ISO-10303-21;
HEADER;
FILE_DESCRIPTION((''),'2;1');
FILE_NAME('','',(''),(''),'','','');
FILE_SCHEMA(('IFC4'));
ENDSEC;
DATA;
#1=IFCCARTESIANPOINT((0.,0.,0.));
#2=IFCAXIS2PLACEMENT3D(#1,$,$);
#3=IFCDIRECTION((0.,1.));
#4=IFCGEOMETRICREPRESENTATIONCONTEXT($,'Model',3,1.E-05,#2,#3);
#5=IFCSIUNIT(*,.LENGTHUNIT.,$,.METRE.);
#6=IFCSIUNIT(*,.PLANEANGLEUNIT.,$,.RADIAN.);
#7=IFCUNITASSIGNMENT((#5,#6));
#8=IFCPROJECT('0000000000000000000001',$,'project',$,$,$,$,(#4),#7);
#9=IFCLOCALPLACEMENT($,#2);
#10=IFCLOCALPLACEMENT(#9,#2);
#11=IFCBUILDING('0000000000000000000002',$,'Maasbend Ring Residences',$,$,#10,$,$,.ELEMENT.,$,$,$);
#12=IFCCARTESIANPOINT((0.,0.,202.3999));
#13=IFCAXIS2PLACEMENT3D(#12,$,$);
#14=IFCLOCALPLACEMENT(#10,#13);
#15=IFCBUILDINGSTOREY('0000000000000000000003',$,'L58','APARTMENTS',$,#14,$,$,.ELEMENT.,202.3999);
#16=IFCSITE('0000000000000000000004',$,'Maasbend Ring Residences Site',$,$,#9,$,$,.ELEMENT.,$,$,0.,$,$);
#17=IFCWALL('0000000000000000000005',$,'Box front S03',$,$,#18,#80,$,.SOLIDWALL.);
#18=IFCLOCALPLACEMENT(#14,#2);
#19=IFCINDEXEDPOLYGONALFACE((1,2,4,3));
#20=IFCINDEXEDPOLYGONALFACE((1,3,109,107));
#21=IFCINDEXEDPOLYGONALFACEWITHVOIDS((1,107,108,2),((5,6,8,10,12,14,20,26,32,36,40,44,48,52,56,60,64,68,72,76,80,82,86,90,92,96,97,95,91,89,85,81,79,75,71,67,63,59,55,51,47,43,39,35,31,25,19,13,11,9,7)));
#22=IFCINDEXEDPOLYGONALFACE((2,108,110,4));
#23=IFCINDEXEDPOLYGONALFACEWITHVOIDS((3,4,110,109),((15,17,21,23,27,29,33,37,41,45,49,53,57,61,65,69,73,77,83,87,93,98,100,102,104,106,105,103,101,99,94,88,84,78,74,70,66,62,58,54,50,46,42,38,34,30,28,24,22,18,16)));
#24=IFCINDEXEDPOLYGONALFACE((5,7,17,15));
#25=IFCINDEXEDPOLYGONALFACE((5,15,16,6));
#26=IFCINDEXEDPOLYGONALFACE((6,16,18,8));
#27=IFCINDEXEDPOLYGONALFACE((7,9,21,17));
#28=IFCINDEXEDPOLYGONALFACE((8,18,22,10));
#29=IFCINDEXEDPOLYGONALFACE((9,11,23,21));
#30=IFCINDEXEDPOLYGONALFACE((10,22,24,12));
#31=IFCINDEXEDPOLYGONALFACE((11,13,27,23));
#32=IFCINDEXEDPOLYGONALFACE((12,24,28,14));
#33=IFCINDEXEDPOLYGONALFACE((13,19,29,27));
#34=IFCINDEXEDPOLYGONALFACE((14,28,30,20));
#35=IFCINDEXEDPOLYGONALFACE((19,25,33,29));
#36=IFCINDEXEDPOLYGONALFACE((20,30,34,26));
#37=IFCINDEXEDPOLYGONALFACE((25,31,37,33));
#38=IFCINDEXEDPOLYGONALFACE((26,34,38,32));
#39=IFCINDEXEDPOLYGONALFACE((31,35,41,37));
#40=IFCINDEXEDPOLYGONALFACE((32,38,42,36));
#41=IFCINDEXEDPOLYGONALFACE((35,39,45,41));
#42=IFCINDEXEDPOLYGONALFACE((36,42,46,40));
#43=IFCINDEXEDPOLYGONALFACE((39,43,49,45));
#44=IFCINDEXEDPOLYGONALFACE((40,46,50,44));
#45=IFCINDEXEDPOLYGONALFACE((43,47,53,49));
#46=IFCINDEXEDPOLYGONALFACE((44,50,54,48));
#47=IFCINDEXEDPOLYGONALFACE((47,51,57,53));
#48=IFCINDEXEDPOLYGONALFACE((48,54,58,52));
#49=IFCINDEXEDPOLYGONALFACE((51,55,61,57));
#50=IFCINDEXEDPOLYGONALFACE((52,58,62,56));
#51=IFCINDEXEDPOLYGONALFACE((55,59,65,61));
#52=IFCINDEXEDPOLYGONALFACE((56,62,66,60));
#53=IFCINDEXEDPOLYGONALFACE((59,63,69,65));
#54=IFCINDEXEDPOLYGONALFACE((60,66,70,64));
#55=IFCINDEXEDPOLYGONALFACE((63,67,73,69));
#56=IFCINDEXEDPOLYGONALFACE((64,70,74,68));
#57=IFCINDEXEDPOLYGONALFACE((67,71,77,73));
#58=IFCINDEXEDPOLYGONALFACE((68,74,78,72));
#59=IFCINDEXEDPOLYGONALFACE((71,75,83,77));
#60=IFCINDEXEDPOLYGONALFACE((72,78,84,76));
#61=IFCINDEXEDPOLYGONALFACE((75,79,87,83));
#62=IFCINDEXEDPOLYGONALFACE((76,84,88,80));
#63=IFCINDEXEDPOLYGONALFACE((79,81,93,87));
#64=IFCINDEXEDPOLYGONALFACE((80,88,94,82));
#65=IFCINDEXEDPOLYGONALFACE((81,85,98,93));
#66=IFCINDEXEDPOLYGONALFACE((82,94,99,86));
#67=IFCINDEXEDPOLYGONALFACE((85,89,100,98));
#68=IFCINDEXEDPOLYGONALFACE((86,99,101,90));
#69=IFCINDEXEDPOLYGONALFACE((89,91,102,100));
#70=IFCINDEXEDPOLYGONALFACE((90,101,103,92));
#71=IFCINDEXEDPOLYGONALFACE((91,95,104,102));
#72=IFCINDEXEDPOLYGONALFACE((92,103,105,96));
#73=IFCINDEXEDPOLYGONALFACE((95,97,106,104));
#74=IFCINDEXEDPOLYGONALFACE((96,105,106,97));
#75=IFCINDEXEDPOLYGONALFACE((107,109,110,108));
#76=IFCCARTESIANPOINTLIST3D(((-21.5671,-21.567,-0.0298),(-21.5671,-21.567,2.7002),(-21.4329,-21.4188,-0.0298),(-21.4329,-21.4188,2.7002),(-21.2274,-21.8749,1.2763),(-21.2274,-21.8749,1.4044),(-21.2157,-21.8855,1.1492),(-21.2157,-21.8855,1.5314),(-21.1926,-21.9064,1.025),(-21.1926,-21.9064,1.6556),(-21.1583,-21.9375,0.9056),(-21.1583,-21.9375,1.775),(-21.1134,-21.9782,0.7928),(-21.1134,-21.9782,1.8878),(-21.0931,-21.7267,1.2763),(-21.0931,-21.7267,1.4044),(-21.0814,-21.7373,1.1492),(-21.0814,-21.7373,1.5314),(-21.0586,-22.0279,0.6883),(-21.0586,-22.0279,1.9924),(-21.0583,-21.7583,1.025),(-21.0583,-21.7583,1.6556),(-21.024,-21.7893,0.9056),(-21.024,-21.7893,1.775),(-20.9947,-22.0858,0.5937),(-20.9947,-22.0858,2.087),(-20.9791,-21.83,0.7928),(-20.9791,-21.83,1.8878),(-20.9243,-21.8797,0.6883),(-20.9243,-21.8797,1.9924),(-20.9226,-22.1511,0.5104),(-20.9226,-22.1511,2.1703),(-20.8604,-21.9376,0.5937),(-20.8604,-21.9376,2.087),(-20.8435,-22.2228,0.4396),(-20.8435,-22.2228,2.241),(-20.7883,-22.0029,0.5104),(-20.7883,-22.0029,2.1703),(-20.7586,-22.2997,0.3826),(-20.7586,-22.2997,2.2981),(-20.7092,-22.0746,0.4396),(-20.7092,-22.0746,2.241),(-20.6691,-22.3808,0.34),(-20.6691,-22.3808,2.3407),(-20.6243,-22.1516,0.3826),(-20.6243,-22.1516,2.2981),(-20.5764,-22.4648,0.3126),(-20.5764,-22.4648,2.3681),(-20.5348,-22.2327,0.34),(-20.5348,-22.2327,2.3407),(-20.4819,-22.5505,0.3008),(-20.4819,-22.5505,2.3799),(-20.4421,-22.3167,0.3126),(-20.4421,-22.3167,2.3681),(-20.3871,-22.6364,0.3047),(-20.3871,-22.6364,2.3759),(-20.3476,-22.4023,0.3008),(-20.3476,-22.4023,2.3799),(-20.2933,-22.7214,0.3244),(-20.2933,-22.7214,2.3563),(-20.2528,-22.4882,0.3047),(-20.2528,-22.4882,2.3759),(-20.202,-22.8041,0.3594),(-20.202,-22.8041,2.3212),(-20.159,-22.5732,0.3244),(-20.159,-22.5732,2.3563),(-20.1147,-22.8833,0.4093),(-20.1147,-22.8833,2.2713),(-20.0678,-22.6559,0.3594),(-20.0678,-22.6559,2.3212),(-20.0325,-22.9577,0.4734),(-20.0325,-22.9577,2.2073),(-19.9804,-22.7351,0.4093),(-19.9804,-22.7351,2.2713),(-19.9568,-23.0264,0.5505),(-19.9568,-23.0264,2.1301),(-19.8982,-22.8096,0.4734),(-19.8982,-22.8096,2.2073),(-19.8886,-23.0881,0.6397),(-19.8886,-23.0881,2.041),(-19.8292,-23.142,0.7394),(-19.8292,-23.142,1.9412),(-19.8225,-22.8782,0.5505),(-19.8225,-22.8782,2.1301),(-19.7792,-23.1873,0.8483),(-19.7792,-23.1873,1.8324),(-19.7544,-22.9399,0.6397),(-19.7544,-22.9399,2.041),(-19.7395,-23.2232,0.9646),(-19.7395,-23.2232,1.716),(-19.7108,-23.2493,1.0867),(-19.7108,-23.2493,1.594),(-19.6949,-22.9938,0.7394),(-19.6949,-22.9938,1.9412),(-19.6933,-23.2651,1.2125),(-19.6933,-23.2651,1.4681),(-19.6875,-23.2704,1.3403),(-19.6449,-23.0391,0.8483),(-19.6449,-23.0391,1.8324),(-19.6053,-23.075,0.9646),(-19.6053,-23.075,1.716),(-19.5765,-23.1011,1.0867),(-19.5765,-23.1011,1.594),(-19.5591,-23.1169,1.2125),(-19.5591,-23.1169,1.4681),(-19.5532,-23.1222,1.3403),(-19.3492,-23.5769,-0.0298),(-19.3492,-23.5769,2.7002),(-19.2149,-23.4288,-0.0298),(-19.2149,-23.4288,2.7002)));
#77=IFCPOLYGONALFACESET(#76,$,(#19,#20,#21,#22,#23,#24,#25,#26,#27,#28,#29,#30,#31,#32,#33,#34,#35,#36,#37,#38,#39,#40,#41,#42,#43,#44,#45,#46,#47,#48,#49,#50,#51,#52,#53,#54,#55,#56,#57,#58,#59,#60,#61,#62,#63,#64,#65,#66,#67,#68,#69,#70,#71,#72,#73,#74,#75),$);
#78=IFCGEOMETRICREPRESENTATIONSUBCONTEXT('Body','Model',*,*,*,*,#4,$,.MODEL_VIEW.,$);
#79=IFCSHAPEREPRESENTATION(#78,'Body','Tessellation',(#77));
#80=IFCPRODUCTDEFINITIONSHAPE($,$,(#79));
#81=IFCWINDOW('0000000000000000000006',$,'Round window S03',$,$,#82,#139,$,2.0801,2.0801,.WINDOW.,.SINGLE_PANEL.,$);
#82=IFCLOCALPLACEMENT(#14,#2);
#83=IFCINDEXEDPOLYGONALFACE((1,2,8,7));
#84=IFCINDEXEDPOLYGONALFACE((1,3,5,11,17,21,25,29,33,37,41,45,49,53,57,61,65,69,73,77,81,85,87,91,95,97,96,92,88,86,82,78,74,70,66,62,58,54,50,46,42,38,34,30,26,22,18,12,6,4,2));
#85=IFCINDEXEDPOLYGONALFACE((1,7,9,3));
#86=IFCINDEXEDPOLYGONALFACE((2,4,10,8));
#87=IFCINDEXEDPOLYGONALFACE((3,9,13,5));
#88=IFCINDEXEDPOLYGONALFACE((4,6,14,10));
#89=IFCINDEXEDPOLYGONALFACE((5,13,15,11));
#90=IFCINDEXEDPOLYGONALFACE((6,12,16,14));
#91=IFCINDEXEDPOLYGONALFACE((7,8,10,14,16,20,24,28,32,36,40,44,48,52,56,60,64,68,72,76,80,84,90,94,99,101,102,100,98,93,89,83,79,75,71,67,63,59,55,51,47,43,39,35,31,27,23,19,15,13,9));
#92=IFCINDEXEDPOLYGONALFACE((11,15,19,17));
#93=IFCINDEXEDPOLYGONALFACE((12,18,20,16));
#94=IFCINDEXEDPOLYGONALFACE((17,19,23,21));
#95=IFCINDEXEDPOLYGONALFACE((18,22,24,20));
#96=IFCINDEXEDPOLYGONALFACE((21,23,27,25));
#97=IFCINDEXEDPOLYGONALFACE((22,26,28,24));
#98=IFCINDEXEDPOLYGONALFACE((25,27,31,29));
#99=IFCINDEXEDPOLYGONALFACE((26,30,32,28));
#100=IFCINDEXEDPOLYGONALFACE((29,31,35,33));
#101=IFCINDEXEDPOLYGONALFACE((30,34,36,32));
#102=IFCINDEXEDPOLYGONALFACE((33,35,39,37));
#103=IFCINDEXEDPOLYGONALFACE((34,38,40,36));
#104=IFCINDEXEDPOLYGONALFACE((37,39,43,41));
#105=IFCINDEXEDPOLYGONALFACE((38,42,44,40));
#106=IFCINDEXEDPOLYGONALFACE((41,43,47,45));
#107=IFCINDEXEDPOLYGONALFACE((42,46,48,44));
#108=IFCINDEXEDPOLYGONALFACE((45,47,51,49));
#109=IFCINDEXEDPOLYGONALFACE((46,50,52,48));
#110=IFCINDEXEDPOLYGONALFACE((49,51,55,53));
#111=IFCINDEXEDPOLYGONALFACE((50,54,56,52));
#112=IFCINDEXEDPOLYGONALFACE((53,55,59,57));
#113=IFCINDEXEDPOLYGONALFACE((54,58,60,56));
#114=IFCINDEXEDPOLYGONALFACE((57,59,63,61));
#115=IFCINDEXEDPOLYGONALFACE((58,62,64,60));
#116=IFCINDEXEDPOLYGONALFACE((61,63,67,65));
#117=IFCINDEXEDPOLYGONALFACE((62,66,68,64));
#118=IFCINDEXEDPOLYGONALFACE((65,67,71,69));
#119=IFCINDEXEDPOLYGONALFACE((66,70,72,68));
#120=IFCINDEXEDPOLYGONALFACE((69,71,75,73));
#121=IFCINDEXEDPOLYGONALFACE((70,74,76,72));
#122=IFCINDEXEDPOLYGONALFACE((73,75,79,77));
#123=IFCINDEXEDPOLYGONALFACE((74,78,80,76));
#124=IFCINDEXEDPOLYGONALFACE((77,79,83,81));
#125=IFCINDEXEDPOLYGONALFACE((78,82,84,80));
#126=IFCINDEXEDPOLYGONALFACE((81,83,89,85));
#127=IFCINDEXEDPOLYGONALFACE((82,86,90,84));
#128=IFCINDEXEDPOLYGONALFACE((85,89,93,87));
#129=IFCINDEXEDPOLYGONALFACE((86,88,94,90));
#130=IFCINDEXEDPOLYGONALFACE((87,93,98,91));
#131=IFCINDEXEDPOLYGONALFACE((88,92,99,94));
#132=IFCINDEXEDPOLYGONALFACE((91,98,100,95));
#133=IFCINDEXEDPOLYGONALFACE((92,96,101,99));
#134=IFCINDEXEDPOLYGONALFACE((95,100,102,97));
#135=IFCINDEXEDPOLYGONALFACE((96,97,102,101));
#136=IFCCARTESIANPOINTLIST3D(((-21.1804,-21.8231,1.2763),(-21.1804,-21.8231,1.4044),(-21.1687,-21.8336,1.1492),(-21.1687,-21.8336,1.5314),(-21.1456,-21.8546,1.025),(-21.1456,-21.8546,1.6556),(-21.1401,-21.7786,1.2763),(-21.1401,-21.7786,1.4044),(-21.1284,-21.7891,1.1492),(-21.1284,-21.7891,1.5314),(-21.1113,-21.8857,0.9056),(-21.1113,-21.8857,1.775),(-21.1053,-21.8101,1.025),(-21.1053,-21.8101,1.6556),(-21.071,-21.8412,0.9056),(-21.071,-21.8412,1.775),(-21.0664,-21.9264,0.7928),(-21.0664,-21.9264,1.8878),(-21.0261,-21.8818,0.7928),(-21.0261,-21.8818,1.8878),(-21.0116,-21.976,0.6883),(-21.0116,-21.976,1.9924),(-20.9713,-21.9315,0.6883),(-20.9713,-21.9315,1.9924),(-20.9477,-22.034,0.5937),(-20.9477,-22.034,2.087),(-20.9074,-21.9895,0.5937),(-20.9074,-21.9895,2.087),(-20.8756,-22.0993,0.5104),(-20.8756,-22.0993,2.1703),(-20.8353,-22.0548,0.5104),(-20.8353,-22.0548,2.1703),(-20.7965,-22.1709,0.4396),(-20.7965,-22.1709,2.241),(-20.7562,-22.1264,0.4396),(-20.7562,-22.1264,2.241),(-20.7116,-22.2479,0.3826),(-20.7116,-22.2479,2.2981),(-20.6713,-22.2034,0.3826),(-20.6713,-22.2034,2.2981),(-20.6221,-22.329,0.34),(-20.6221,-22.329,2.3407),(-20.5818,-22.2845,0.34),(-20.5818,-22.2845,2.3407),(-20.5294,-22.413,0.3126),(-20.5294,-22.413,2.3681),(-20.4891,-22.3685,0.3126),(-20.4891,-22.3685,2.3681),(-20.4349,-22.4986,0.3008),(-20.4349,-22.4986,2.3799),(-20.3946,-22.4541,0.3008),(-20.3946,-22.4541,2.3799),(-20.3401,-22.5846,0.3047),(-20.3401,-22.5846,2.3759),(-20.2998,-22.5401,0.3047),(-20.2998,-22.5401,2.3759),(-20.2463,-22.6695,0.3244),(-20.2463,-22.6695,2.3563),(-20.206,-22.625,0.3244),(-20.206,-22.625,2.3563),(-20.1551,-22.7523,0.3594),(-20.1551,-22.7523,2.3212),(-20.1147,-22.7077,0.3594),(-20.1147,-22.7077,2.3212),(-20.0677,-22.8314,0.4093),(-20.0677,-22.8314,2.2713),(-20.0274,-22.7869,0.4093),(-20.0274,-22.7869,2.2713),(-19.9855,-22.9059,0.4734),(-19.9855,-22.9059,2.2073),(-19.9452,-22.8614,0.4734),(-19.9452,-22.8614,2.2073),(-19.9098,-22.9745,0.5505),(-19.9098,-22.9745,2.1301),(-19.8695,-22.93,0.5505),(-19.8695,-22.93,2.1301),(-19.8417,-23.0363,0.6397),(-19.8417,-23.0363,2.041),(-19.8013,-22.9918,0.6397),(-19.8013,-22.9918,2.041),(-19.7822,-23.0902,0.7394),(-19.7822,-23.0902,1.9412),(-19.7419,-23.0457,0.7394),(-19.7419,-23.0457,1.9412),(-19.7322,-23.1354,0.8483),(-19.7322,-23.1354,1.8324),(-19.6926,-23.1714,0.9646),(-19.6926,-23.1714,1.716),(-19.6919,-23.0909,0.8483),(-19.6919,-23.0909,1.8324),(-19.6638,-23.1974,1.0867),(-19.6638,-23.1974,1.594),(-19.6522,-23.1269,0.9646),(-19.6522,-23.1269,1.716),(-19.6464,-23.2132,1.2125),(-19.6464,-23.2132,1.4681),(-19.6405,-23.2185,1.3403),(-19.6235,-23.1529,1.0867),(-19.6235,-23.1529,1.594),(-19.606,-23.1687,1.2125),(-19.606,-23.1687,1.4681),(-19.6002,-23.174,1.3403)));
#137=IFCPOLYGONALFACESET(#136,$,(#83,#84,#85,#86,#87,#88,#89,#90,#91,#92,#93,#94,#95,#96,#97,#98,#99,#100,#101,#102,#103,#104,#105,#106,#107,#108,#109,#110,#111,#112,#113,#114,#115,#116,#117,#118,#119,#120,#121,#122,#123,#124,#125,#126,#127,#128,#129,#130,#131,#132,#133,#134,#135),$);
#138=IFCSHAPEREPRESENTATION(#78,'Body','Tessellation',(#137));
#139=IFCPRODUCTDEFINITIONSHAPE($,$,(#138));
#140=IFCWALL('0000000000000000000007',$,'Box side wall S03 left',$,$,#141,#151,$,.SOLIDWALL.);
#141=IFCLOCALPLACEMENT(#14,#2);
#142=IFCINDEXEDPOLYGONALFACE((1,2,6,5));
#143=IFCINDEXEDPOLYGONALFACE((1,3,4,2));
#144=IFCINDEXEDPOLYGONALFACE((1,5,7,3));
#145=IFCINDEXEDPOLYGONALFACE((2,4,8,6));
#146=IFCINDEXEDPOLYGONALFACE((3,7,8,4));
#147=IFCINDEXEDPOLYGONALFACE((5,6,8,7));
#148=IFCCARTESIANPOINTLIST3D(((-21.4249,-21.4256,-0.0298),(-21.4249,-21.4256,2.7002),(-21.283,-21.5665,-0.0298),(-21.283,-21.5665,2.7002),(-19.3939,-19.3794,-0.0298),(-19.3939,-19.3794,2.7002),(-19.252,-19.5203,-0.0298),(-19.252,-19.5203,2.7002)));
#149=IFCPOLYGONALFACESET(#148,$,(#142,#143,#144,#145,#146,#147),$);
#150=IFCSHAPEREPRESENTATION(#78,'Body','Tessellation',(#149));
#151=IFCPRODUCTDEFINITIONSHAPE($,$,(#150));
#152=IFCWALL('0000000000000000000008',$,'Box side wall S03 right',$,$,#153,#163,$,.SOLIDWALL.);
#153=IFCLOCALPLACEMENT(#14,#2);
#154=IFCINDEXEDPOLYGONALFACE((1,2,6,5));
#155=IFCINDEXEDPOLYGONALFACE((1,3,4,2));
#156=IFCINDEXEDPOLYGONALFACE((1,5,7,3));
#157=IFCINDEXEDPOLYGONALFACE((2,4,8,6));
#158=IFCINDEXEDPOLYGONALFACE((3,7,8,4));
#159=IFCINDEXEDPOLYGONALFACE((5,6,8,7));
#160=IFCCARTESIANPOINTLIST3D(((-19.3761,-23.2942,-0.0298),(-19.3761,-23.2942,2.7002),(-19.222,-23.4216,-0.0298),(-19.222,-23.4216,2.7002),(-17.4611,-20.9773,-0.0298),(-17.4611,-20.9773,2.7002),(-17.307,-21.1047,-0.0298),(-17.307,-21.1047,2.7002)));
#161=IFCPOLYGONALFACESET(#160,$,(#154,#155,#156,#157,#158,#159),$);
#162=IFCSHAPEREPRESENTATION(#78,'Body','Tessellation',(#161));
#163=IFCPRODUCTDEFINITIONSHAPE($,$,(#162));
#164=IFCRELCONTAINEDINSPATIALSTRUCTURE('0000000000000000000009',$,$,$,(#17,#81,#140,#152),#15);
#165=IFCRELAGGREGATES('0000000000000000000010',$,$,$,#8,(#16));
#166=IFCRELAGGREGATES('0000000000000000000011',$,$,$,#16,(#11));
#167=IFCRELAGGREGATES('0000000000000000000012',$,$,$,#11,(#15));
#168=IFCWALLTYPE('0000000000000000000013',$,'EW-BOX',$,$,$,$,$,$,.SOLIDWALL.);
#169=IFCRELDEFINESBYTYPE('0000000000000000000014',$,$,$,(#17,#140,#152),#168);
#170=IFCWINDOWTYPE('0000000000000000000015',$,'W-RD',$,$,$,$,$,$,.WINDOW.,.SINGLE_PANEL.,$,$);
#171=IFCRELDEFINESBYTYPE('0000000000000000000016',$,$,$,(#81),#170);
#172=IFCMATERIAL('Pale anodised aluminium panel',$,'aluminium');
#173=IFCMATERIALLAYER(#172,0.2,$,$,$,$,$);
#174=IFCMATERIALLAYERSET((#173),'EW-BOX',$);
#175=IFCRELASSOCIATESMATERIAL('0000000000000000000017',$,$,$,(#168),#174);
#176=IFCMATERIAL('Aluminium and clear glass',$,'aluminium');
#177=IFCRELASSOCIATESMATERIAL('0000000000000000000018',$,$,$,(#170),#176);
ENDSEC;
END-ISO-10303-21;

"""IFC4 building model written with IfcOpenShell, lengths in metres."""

from ifc_helpers import new_model, si_unit, direction, frame, frame_2d, origin, place, context, subcontext, project, spatial, rectangle, circle, extrude, material, layer, layer_set, type_object, element, fill, save


model = new_model("IFC4")

# Units and contexts
model_context = context("Model", 3, precision=1e-05, world=origin(), true_north=direction((0.0, 1.0)))
body_context = subcontext(model_context, "Body", "Model", "MODEL_VIEW")
ifc_project = project(units=[si_unit("LENGTHUNIT", "METRE"), si_unit("PLANEANGLEUNIT", "RADIAN")], contexts=[model_context])

# Site, building, storey
site_placement = place(None, origin())
site = spatial("IfcSite", under=ifc_project, at=site_placement, Name="Maasbend Ring Residences Site", CompositionType="ELEMENT", RefElevation=0.0)
building_placement = place(site_placement, origin())
building = spatial("IfcBuilding", under=site, at=building_placement, Name="Maasbend Ring Residences", CompositionType="ELEMENT")
storey_placement = place(building_placement, frame((0.0, 0.0, 202.3999)))
storey = spatial("IfcBuildingStorey", under=building, at=storey_placement, Name="L58", Description="APARTMENTS", CompositionType="ELEMENT", Elevation=202.3999)

# Shared definitions
ifc_material_1 = material(Name="Pale anodised aluminium panel", Category="aluminium")
ifc_layer_1 = layer(ifc_material_1, 0.2)
ifc_layer_set_1 = layer_set([ifc_layer_1], Name="EW-BOX")
wall_type_1 = type_object("IfcWallType", Name="EW-BOX", PredefinedType="SOLIDWALL", material=ifc_layer_set_1)
ifc_material_2 = material(Name="Aluminium and clear glass", Category="aluminium")
window_type_1 = type_object("IfcWindowType", Name="W-RD", PartitioningType="SINGLE_PANEL", PredefinedType="WINDOW", material=ifc_material_2)

# Wall, opening, window
wall_1_placement = place(storey_placement, frame((-21.5, -21.4929, -0.0298), z_axis=(0.0, 0.0, 1.0), x_axis=(0.740998, -0.671507, 0.0)))
wall_1 = element("IfcWall", 1, at=wall_1_placement, inside=storey, type_object=wall_type_1, Name="Box front S03", PredefinedType="SOLIDWALL", context=body_context, shape_type="SweptSolid", body=[
    extrude(rectangle(XDim=2.9932, YDim=0.2, at=frame_2d((1.4966, 0.0))), origin(), (0.0, 0.0, 1.0), 2.73),
])
opening_1_placement = place(wall_1_placement, frame((0.4565, 0.0, 0.3301)))
opening_1 = element("IfcOpeningElement", 2, at=opening_1_placement, cuts=wall_1, PredefinedType="OPENING", context=body_context, shape_type="SweptSolid", body=[
    extrude(circle(Radius=1.04, at=frame_2d((1.04, 1.04))), frame((0.0, 0.1099, 0.0), z_axis=(0.0, -1.0, 0.0), x_axis=(1.0, 0.0, 0.0)), (0.0, 0.0, 1.0), 0.22),
])
window_1_placement = place(opening_1_placement, origin())
window_1 = element("IfcWindow", 3, at=window_1_placement, inside=storey, type_object=window_type_1, Name="Round window S03", OverallHeight=2.0801, OverallWidth=2.0801, PartitioningType="SINGLE_PANEL", PredefinedType="WINDOW", context=body_context, shape_type="SweptSolid", body=[
    extrude(circle(Radius=1.04, at=frame_2d((1.04, 1.04))), frame((0.0, 0.03, 0.0), z_axis=(0.0, -1.0, 0.0), x_axis=(1.0, 0.0, 0.0)), (0.0, 0.0, 1.0), 0.0601),
])
fill(opening_1, window_1)

# Walls
wall_2_placement = place(storey_placement, frame((-19.323, -19.45, -0.0298), z_axis=(0.0, 0.0, 1.0), x_axis=(-0.704477, -0.709727, 0.0)))
element("IfcWall", 4, at=wall_2_placement, inside=storey, type_object=wall_type_1, Name="Box side wall S03 left", PredefinedType="SOLIDWALL", context=body_context, shape_type="SweptSolid", body=[
    extrude(rectangle(XDim=2.8831, YDim=0.2, at=frame_2d((1.4414, 0.0))), origin(), (0.0, 0.0, 1.0), 2.73),
])
wall_3_placement = place(storey_placement, frame((-17.384, -21.041, -0.0298), z_axis=(0.0, 0.0, 1.0), x_axis=(-0.637096, -0.770785, 0.0)))
element("IfcWall", 5, at=wall_3_placement, inside=storey, type_object=wall_type_1, Name="Box side wall S03 right", PredefinedType="SOLIDWALL", context=body_context, shape_type="SweptSolid", body=[
    extrude(rectangle(XDim=3.0059, YDim=0.2, at=frame_2d((1.5029, 0.0))), origin(), (0.0, 0.0, 1.0), 2.73),
])

save(model, "model.ifc")
